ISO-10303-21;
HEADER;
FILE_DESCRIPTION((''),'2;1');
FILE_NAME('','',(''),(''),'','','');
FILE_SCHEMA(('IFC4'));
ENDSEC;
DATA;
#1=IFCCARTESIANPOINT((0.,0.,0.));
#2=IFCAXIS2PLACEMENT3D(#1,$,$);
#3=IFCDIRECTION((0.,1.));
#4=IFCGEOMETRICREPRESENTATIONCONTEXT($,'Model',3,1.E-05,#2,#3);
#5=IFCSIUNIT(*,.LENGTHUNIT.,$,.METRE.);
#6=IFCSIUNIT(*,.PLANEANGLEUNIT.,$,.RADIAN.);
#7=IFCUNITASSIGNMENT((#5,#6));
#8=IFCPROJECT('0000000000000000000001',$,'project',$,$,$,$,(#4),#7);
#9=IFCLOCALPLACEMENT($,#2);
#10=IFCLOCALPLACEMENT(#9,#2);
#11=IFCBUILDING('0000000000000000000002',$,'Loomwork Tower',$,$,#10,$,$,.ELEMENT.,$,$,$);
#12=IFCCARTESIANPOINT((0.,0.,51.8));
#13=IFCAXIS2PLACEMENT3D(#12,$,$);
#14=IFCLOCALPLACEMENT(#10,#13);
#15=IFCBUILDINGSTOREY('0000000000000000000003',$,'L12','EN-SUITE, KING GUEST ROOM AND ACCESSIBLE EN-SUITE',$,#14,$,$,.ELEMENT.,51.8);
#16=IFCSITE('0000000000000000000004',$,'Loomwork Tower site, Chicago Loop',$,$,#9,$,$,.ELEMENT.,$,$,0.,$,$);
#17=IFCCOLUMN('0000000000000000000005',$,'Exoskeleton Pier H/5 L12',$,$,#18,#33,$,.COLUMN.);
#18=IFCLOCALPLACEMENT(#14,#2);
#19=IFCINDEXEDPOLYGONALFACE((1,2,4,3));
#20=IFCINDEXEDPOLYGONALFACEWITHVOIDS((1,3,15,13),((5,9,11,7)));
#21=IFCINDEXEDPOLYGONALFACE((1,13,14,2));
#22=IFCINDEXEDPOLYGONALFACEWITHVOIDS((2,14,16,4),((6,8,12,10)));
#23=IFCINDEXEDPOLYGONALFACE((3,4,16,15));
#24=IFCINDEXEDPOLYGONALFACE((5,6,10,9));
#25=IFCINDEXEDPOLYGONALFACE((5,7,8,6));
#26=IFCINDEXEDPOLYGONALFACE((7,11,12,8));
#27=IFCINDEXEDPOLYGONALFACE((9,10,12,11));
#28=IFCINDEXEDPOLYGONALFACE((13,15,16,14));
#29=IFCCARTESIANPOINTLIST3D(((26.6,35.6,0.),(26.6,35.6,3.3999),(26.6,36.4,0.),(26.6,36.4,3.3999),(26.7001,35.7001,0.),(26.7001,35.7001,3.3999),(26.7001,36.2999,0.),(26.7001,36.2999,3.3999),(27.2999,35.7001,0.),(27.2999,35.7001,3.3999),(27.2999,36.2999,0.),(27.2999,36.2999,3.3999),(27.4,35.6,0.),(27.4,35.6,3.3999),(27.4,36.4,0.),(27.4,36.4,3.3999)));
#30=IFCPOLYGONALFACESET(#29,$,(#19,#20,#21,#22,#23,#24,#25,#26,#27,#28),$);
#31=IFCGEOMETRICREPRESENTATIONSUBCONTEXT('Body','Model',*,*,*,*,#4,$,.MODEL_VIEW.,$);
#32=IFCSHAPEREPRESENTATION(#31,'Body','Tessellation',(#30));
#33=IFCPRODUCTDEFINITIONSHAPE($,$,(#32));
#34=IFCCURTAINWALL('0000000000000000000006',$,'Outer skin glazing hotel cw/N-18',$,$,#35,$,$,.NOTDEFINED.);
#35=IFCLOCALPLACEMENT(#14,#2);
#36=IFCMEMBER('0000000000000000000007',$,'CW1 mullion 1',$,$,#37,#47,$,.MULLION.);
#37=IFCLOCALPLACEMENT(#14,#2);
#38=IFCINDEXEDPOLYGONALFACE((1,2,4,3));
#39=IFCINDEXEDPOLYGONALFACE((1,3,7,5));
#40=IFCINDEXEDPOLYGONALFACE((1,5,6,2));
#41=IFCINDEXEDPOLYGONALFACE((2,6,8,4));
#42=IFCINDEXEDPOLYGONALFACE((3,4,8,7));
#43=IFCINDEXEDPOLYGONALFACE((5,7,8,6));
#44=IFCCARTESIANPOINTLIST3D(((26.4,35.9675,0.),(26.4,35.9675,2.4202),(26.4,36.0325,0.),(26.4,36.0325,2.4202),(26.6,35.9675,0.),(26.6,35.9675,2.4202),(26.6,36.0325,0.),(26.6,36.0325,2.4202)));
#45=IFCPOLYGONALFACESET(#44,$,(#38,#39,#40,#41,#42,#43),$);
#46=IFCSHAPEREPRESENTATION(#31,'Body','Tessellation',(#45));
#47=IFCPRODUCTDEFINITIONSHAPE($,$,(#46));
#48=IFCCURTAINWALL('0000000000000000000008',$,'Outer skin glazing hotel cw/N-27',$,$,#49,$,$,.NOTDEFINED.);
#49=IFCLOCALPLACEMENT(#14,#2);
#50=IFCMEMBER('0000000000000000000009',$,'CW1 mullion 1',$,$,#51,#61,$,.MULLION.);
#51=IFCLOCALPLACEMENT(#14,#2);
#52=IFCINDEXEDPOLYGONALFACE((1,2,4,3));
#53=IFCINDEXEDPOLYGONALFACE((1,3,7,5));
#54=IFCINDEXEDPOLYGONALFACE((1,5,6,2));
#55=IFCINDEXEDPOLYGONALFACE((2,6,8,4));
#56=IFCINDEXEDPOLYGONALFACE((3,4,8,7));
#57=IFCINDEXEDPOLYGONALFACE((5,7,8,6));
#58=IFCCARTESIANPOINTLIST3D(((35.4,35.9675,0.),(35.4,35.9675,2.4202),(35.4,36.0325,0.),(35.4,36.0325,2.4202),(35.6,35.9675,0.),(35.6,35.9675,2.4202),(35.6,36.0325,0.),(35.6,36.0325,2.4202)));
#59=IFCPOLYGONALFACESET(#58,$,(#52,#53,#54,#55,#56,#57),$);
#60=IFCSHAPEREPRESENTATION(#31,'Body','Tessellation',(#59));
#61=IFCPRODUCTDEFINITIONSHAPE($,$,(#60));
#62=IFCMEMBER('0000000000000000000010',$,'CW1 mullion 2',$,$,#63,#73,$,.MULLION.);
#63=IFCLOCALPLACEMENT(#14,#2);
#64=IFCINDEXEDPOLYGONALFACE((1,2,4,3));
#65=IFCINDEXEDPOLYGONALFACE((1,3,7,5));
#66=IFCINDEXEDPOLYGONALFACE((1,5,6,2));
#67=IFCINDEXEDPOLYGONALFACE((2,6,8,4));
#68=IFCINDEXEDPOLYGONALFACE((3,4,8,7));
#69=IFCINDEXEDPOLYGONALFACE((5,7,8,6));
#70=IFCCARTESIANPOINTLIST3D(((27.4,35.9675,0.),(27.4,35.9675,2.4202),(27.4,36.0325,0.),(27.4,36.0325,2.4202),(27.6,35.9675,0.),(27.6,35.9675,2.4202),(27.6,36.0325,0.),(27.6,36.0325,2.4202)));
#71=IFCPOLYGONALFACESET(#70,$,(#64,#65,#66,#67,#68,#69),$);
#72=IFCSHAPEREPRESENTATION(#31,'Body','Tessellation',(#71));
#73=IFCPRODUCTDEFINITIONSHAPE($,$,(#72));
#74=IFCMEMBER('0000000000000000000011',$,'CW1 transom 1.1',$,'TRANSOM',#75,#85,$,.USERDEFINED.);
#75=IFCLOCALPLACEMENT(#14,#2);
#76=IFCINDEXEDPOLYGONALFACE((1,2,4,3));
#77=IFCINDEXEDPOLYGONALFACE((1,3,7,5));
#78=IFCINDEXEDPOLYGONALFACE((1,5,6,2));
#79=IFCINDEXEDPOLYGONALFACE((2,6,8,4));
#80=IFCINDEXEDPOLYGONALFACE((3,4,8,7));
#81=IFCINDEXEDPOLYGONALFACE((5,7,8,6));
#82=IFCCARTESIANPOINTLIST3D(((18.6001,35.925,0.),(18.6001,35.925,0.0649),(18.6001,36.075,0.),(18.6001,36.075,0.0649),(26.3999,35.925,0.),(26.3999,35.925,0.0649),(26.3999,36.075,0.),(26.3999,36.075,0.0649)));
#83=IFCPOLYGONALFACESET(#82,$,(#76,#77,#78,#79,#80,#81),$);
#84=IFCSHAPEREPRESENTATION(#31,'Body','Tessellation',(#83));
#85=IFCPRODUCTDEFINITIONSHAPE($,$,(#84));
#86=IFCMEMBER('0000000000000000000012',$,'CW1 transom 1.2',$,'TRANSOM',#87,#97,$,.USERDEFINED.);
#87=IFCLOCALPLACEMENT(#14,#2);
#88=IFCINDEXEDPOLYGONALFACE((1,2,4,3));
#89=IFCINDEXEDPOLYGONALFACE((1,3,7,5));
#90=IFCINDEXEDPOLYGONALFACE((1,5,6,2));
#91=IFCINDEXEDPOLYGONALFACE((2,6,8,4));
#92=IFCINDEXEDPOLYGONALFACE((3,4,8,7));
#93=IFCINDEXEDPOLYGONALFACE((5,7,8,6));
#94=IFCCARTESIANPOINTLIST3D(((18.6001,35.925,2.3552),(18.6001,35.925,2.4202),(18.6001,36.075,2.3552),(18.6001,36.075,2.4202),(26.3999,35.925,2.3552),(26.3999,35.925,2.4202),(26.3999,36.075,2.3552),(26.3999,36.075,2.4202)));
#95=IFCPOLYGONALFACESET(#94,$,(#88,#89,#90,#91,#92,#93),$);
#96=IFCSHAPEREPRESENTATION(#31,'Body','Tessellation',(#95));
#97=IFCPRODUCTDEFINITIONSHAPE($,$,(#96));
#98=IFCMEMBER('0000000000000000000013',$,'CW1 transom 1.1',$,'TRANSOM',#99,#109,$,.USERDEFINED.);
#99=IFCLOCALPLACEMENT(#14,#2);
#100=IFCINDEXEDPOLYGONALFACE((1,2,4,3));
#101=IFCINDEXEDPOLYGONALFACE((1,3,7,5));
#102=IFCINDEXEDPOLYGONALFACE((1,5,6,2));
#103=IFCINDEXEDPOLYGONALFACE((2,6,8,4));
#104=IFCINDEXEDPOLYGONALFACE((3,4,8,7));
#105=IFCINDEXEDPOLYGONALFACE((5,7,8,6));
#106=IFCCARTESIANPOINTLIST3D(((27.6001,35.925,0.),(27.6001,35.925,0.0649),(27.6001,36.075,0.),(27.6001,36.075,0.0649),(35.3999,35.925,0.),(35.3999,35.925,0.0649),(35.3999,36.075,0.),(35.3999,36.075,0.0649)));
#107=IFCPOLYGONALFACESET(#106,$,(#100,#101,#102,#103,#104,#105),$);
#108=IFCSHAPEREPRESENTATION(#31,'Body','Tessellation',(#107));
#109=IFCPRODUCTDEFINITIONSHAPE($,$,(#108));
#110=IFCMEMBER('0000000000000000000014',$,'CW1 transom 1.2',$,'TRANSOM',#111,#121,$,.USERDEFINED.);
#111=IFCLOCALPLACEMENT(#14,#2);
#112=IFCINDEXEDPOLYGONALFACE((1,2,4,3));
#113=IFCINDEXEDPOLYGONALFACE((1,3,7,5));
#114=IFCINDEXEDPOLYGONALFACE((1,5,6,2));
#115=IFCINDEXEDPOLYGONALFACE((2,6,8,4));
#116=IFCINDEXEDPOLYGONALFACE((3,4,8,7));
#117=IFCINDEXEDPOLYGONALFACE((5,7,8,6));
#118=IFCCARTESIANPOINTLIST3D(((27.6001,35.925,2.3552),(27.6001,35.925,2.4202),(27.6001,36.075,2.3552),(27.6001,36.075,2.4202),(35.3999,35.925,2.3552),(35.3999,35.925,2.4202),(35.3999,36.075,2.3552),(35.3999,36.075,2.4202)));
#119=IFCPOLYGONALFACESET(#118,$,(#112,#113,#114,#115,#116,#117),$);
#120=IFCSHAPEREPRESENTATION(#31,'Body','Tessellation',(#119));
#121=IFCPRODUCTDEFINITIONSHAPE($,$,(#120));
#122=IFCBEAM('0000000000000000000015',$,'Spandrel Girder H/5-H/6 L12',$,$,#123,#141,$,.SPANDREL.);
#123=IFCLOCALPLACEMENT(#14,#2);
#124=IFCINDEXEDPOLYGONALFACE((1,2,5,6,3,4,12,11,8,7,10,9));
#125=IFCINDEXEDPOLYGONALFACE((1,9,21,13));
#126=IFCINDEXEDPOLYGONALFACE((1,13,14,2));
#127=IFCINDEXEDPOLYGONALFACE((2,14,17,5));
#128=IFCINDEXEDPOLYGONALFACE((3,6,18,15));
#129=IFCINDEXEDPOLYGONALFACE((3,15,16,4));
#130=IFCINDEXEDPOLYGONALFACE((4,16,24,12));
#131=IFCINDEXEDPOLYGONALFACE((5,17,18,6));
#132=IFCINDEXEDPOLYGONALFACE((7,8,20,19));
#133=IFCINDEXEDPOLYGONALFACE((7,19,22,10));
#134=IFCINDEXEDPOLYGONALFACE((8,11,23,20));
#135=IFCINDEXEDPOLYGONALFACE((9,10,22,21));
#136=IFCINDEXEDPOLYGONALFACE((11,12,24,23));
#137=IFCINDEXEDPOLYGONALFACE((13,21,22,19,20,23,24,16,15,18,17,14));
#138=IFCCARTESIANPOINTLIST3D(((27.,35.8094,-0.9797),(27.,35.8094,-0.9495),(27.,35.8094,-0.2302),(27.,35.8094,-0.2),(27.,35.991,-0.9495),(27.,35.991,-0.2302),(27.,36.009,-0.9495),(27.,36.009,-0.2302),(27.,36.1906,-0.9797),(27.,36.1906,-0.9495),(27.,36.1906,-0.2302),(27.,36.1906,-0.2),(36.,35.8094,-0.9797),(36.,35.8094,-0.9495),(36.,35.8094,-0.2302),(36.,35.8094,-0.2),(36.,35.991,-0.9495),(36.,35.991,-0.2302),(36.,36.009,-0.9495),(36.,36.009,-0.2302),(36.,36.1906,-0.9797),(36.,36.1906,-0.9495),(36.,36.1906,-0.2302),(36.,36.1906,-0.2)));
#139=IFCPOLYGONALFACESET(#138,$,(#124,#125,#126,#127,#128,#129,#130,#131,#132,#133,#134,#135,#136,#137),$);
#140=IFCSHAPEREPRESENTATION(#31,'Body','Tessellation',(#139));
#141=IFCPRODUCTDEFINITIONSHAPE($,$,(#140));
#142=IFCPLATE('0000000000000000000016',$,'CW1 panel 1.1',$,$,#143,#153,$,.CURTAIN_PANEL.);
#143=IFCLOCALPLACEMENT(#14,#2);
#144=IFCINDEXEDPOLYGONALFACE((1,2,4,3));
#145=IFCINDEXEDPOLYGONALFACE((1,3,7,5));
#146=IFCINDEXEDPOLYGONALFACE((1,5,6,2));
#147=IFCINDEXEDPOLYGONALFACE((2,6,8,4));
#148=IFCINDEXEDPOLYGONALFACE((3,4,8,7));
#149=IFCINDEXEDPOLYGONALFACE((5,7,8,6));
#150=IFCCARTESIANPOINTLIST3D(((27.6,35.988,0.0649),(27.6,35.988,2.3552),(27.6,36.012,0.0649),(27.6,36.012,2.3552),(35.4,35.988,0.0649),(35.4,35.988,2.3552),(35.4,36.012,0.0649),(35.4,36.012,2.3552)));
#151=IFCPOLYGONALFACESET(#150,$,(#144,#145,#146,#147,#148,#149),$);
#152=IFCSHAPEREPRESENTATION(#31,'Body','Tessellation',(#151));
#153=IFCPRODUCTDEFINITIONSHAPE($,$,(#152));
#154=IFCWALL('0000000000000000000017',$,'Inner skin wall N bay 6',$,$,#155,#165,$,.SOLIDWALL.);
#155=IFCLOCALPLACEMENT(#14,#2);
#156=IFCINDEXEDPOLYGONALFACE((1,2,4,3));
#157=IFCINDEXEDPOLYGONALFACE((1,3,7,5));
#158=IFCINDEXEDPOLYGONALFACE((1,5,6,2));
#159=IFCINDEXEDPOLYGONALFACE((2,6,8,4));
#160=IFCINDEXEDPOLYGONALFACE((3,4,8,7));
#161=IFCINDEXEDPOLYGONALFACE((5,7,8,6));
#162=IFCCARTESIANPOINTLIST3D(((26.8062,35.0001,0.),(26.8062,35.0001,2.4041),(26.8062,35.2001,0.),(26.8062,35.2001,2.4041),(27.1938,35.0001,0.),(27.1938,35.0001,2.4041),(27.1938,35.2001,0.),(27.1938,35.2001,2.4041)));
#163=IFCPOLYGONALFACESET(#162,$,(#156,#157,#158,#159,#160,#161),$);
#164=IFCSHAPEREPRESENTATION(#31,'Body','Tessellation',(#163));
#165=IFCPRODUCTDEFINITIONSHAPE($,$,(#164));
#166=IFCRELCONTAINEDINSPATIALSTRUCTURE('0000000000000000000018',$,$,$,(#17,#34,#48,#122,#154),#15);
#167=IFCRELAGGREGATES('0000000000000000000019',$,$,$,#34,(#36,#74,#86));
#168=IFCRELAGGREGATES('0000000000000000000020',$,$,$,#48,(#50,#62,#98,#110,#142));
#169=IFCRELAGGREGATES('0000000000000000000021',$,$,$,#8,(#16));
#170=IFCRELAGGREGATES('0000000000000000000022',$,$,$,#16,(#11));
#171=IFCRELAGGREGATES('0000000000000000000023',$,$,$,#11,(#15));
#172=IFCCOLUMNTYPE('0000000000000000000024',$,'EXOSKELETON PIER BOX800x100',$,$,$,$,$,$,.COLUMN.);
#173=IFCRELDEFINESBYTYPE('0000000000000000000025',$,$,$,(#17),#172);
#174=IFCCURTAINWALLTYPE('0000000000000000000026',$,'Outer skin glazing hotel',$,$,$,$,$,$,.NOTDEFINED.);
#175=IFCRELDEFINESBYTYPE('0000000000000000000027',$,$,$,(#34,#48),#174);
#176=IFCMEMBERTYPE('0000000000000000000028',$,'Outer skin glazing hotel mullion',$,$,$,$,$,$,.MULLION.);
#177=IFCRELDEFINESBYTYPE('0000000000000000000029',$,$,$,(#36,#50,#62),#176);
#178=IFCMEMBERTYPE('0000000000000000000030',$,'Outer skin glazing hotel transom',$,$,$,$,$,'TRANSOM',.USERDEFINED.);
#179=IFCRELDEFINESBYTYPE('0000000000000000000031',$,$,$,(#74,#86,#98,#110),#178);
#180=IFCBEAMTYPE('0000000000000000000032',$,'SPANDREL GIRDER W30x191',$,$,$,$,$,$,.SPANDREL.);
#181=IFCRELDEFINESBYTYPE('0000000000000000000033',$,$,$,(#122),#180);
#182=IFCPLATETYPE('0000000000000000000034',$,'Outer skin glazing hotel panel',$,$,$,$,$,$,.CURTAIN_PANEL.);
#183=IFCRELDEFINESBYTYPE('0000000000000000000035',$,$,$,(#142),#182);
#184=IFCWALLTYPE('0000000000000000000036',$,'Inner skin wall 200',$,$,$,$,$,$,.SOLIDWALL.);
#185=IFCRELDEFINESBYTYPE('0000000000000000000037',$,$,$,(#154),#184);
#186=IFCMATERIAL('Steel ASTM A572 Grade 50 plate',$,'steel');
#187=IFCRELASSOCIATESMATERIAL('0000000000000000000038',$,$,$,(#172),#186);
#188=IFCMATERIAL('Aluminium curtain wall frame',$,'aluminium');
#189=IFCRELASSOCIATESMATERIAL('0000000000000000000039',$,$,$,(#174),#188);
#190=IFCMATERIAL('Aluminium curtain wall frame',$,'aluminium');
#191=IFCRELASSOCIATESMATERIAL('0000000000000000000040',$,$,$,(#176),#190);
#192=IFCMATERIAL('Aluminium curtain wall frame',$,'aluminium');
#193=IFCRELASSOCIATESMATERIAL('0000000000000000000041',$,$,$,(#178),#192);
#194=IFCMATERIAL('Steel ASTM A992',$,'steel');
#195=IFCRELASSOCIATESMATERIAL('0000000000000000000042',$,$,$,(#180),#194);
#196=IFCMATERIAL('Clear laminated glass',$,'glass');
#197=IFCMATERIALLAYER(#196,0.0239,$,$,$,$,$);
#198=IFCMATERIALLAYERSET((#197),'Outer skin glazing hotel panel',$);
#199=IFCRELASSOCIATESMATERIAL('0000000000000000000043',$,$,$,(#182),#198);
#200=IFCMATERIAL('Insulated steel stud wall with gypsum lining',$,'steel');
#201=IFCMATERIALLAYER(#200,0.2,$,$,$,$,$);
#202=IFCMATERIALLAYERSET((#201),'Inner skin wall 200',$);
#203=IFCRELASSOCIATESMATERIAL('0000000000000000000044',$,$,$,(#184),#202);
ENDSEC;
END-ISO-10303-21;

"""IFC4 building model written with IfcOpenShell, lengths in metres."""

from ifc_helpers import new_model, si_unit, direction, frame, frame_2d, origin, origin_2d, place, context, subcontext, project, spatial, rectangle, hollow_rectangle, i_section, extrude, material, layer, layer_set, material_profile, profile_set, type_object, element, aggregate, save


model = new_model("IFC4")

# Units and contexts
model_context = context("Model", 3, precision=1e-05, world=origin(), true_north=direction((0.0, 1.0)))
body_context = subcontext(model_context, "Body", "Model", "MODEL_VIEW")
ifc_project = project(units=[si_unit("LENGTHUNIT", "METRE"), si_unit("PLANEANGLEUNIT", "RADIAN")], contexts=[model_context])

# Site, building, storey
site_placement = place(None, origin())
site = spatial("IfcSite", under=ifc_project, at=site_placement, Name="Loomwork Tower site, Chicago Loop", CompositionType="ELEMENT", RefElevation=0.0)
building_placement = place(site_placement, origin())
building = spatial("IfcBuilding", under=site, at=building_placement, Name="Loomwork Tower", CompositionType="ELEMENT")
storey_placement = place(building_placement, frame((0.0, 0.0, 51.8)))
storey = spatial("IfcBuildingStorey", under=building, at=storey_placement, Name="L12", Description="EN-SUITE, KING GUEST ROOM AND ACCESSIBLE EN-SUITE", CompositionType="ELEMENT", Elevation=51.8)

# Column
ifc_material_1 = material(Name="Steel ASTM A572 Grade 50 plate", Category="steel")
ifc_material_profile_1 = material_profile(ifc_material_1, hollow_rectangle(XDim=0.8, YDim=0.8, WallThickness=0.1001, at=origin_2d()), Name="BOX800x100")
ifc_profile_set_1 = profile_set([ifc_material_profile_1], Name="Steel ASTM A572 Grade 50 plate")
column_type = type_object("IfcColumnType", Name="EXOSKELETON PIER BOX800x100", PredefinedType="COLUMN", material=ifc_profile_set_1)
column_placement = place(storey_placement, frame((27.0, 36.0, 0.0), z_axis=(0.0, 0.0, 1.0), x_axis=(1.0, 0.0, 0.0)))
element("IfcColumn", 1, at=column_placement, inside=storey, type_object=column_type, Name="Exoskeleton Pier H/5 L12", PredefinedType="COLUMN", context=body_context, shape_type="SweptSolid", body=[
    extrude(hollow_rectangle(XDim=0.8, YDim=0.8, WallThickness=0.1001, at=origin_2d()), origin(), (0.0, 0.0, 1.0), 3.3999),
])

# Curtain wall, member
ifc_material_2 = material(Name="Aluminium curtain wall frame", Category="aluminium")
curtain_wall_type = type_object("IfcCurtainWallType", Name="Outer skin glazing hotel", PredefinedType="NOTDEFINED", material=ifc_material_2)
curtain_wall_1_placement = place(storey_placement, origin())
curtain_wall_1 = element("IfcCurtainWall", 2, at=curtain_wall_1_placement, inside=storey, type_object=curtain_wall_type, Name="Outer skin glazing hotel cw/N-18", PredefinedType="NOTDEFINED")
ifc_material_3 = material(Name="Aluminium curtain wall frame", Category="aluminium")
ifc_material_profile_2 = material_profile(ifc_material_3, rectangle(XDim=0.0649, YDim=0.2, at=origin_2d()), Name="AL 65x200")
ifc_profile_set_2 = profile_set([ifc_material_profile_2], Name="Aluminium curtain wall frame")
member_type_1 = type_object("IfcMemberType", Name="Outer skin glazing hotel mullion", PredefinedType="MULLION", material=ifc_profile_set_2)
member_1_placement = place(storey_placement, frame((26.5, 36.0, 0.0), z_axis=(0.0, 0.0, 1.0), x_axis=(0.0, -1.0, 0.0)))
member_1 = element("IfcMember", 3, at=member_1_placement, type_object=member_type_1, Name="CW1 mullion 1", PredefinedType="MULLION", context=body_context, shape_type="SweptSolid", body=[
    extrude(rectangle(XDim=0.0649, YDim=0.2, at=origin_2d()), origin(), (0.0, 0.0, 1.0), 2.4202),
])

# Curtain wall, members
curtain_wall_2_placement = place(storey_placement, origin())
curtain_wall_2 = element("IfcCurtainWall", 4, at=curtain_wall_2_placement, inside=storey, type_object=curtain_wall_type, Name="Outer skin glazing hotel cw/N-27", PredefinedType="NOTDEFINED")
member_2_placement = place(storey_placement, frame((35.5, 36.0, 0.0), z_axis=(0.0, 0.0, 1.0), x_axis=(0.0, -1.0, 0.0)))
member_2 = element("IfcMember", 5, at=member_2_placement, type_object=member_type_1, Name="CW1 mullion 1", PredefinedType="MULLION", context=body_context, shape_type="SweptSolid", body=[
    extrude(rectangle(XDim=0.0649, YDim=0.2, at=origin_2d()), origin(), (0.0, 0.0, 1.0), 2.4202),
])
member_3_placement = place(storey_placement, frame((27.5, 36.0, 0.0), z_axis=(0.0, 0.0, 1.0), x_axis=(0.0, -1.0, 0.0)))
member_3 = element("IfcMember", 6, at=member_3_placement, type_object=member_type_1, Name="CW1 mullion 2", PredefinedType="MULLION", context=body_context, shape_type="SweptSolid", body=[
    extrude(rectangle(XDim=0.0649, YDim=0.2, at=origin_2d()), origin(), (0.0, 0.0, 1.0), 2.4202),
])

# Members
ifc_material_4 = material(Name="Aluminium curtain wall frame", Category="aluminium")
ifc_material_profile_3 = material_profile(ifc_material_4, rectangle(XDim=0.1499, YDim=0.0649, at=origin_2d()), Name="AL 65x150")
ifc_profile_set_3 = profile_set([ifc_material_profile_3], Name="Aluminium curtain wall frame")
member_type_2 = type_object("IfcMemberType", Name="Outer skin glazing hotel transom", ElementType="TRANSOM", PredefinedType="USERDEFINED", material=ifc_profile_set_3)
member_4_placement = place(storey_placement, frame((26.3999, 36.0, 0.0325), z_axis=(-1.0, 0.0, 0.0), x_axis=(0.0, -1.0, 0.0)))
member_4 = element("IfcMember", 7, at=member_4_placement, type_object=member_type_2, Name="CW1 transom 1.1", ObjectType="TRANSOM", PredefinedType="USERDEFINED", context=body_context, shape_type="SweptSolid", body=[
    extrude(rectangle(XDim=0.1499, YDim=0.0649, at=origin_2d()), origin(), (0.0, 0.0, 1.0), 7.7998),
])
member_5_placement = place(storey_placement, frame((26.3999, 36.0, 2.3877), z_axis=(-1.0, 0.0, 0.0), x_axis=(0.0, -1.0, 0.0)))
member_5 = element("IfcMember", 8, at=member_5_placement, type_object=member_type_2, Name="CW1 transom 1.2", ObjectType="TRANSOM", PredefinedType="USERDEFINED", context=body_context, shape_type="SweptSolid", body=[
    extrude(rectangle(XDim=0.1499, YDim=0.0649, at=origin_2d()), origin(), (0.0, 0.0, 1.0), 7.7998),
])
aggregate(curtain_wall_1, [member_1, member_4, member_5])
member_6_placement = place(storey_placement, frame((35.3999, 36.0, 0.0325), z_axis=(-1.0, 0.0, 0.0), x_axis=(0.0, -1.0, 0.0)))
member_6 = element("IfcMember", 9, at=member_6_placement, type_object=member_type_2, Name="CW1 transom 1.1", ObjectType="TRANSOM", PredefinedType="USERDEFINED", context=body_context, shape_type="SweptSolid", body=[
    extrude(rectangle(XDim=0.1499, YDim=0.0649, at=origin_2d()), origin(), (0.0, 0.0, 1.0), 7.7998),
])
member_7_placement = place(storey_placement, frame((35.3999, 36.0, 2.3877), z_axis=(-1.0, 0.0, 0.0), x_axis=(0.0, -1.0, 0.0)))
member_7 = element("IfcMember", 10, at=member_7_placement, type_object=member_type_2, Name="CW1 transom 1.2", ObjectType="TRANSOM", PredefinedType="USERDEFINED", context=body_context, shape_type="SweptSolid", body=[
    extrude(rectangle(XDim=0.1499, YDim=0.0649, at=origin_2d()), origin(), (0.0, 0.0, 1.0), 7.7998),
])

# Beam
ifc_material_5 = material(Name="Steel ASTM A992", Category="steel")
ifc_material_profile_4 = material_profile(ifc_material_5, i_section(OverallWidth=0.3811, OverallDepth=0.7798, WebThickness=0.0181, FlangeThickness=0.0303, at=origin_2d()), Name="W30x191")
ifc_profile_set_4 = profile_set([ifc_material_profile_4], Name="Steel ASTM A992")
beam_type = type_object("IfcBeamType", Name="SPANDREL GIRDER W30x191", PredefinedType="SPANDREL", material=ifc_profile_set_4)
beam_placement = place(storey_placement, frame((27.0, 36.0, -0.5898), z_axis=(1.0, 0.0, 0.0), x_axis=(0.0, 1.0, 0.0)))
element("IfcBeam", 11, at=beam_placement, inside=storey, type_object=beam_type, Name="Spandrel Girder H/5-H/6 L12", PredefinedType="SPANDREL", context=body_context, shape_type="SweptSolid", body=[
    extrude(i_section(OverallWidth=0.3811, OverallDepth=0.7798, WebThickness=0.0181, FlangeThickness=0.0303, at=origin_2d()), origin(), (0.0, 0.0, 1.0), 9.0),
])

# Plate
ifc_material_6 = material(Name="Clear laminated glass", Category="glass")
ifc_layer_1 = layer(ifc_material_6, 0.0239)
ifc_layer_set_1 = layer_set([ifc_layer_1], Name="Outer skin glazing hotel panel")
plate_type = type_object("IfcPlateType", Name="Outer skin glazing hotel panel", PredefinedType="CURTAIN_PANEL", material=ifc_layer_set_1)
plate_placement = place(storey_placement, frame((31.5, 36.0, 0.0649), z_axis=(0.0, 0.0, 1.0), x_axis=(-1.0, 0.0, 0.0)))
plate = element("IfcPlate", 12, at=plate_placement, type_object=plate_type, Name="CW1 panel 1.1", PredefinedType="CURTAIN_PANEL", context=body_context, shape_type="SweptSolid", body=[
    extrude(rectangle(XDim=7.8, YDim=0.0239, at=origin_2d()), origin(), (0.0, 0.0, 1.0), 2.2903),
])
aggregate(curtain_wall_2, [member_2, member_3, member_6, member_7, plate])

# Wall
ifc_material_7 = material(Name="Insulated steel stud wall with gypsum lining", Category="steel")
ifc_layer_2 = layer(ifc_material_7, 0.2)
ifc_layer_set_2 = layer_set([ifc_layer_2], Name="Inner skin wall 200")
wall_type = type_object("IfcWallType", Name="Inner skin wall 200", PredefinedType="SOLIDWALL", material=ifc_layer_set_2)
wall_1_placement = place(storey_placement, frame((26.8062, 35.1001, 0.0), z_axis=(0.0, 0.0, 1.0), x_axis=(1.0, 0.0, 0.0)))
element("IfcWall", 13, at=wall_1_placement, inside=storey, type_object=wall_type, Name="Inner skin wall N bay 6", PredefinedType="SOLIDWALL", context=body_context, shape_type="SweptSolid", body=[
    extrude(rectangle(XDim=0.3877, YDim=0.2, at=frame_2d((0.1938, 0.0))), origin(), (0.0, 0.0, 1.0), 2.4041),
])

save(model, "model.ifc")
